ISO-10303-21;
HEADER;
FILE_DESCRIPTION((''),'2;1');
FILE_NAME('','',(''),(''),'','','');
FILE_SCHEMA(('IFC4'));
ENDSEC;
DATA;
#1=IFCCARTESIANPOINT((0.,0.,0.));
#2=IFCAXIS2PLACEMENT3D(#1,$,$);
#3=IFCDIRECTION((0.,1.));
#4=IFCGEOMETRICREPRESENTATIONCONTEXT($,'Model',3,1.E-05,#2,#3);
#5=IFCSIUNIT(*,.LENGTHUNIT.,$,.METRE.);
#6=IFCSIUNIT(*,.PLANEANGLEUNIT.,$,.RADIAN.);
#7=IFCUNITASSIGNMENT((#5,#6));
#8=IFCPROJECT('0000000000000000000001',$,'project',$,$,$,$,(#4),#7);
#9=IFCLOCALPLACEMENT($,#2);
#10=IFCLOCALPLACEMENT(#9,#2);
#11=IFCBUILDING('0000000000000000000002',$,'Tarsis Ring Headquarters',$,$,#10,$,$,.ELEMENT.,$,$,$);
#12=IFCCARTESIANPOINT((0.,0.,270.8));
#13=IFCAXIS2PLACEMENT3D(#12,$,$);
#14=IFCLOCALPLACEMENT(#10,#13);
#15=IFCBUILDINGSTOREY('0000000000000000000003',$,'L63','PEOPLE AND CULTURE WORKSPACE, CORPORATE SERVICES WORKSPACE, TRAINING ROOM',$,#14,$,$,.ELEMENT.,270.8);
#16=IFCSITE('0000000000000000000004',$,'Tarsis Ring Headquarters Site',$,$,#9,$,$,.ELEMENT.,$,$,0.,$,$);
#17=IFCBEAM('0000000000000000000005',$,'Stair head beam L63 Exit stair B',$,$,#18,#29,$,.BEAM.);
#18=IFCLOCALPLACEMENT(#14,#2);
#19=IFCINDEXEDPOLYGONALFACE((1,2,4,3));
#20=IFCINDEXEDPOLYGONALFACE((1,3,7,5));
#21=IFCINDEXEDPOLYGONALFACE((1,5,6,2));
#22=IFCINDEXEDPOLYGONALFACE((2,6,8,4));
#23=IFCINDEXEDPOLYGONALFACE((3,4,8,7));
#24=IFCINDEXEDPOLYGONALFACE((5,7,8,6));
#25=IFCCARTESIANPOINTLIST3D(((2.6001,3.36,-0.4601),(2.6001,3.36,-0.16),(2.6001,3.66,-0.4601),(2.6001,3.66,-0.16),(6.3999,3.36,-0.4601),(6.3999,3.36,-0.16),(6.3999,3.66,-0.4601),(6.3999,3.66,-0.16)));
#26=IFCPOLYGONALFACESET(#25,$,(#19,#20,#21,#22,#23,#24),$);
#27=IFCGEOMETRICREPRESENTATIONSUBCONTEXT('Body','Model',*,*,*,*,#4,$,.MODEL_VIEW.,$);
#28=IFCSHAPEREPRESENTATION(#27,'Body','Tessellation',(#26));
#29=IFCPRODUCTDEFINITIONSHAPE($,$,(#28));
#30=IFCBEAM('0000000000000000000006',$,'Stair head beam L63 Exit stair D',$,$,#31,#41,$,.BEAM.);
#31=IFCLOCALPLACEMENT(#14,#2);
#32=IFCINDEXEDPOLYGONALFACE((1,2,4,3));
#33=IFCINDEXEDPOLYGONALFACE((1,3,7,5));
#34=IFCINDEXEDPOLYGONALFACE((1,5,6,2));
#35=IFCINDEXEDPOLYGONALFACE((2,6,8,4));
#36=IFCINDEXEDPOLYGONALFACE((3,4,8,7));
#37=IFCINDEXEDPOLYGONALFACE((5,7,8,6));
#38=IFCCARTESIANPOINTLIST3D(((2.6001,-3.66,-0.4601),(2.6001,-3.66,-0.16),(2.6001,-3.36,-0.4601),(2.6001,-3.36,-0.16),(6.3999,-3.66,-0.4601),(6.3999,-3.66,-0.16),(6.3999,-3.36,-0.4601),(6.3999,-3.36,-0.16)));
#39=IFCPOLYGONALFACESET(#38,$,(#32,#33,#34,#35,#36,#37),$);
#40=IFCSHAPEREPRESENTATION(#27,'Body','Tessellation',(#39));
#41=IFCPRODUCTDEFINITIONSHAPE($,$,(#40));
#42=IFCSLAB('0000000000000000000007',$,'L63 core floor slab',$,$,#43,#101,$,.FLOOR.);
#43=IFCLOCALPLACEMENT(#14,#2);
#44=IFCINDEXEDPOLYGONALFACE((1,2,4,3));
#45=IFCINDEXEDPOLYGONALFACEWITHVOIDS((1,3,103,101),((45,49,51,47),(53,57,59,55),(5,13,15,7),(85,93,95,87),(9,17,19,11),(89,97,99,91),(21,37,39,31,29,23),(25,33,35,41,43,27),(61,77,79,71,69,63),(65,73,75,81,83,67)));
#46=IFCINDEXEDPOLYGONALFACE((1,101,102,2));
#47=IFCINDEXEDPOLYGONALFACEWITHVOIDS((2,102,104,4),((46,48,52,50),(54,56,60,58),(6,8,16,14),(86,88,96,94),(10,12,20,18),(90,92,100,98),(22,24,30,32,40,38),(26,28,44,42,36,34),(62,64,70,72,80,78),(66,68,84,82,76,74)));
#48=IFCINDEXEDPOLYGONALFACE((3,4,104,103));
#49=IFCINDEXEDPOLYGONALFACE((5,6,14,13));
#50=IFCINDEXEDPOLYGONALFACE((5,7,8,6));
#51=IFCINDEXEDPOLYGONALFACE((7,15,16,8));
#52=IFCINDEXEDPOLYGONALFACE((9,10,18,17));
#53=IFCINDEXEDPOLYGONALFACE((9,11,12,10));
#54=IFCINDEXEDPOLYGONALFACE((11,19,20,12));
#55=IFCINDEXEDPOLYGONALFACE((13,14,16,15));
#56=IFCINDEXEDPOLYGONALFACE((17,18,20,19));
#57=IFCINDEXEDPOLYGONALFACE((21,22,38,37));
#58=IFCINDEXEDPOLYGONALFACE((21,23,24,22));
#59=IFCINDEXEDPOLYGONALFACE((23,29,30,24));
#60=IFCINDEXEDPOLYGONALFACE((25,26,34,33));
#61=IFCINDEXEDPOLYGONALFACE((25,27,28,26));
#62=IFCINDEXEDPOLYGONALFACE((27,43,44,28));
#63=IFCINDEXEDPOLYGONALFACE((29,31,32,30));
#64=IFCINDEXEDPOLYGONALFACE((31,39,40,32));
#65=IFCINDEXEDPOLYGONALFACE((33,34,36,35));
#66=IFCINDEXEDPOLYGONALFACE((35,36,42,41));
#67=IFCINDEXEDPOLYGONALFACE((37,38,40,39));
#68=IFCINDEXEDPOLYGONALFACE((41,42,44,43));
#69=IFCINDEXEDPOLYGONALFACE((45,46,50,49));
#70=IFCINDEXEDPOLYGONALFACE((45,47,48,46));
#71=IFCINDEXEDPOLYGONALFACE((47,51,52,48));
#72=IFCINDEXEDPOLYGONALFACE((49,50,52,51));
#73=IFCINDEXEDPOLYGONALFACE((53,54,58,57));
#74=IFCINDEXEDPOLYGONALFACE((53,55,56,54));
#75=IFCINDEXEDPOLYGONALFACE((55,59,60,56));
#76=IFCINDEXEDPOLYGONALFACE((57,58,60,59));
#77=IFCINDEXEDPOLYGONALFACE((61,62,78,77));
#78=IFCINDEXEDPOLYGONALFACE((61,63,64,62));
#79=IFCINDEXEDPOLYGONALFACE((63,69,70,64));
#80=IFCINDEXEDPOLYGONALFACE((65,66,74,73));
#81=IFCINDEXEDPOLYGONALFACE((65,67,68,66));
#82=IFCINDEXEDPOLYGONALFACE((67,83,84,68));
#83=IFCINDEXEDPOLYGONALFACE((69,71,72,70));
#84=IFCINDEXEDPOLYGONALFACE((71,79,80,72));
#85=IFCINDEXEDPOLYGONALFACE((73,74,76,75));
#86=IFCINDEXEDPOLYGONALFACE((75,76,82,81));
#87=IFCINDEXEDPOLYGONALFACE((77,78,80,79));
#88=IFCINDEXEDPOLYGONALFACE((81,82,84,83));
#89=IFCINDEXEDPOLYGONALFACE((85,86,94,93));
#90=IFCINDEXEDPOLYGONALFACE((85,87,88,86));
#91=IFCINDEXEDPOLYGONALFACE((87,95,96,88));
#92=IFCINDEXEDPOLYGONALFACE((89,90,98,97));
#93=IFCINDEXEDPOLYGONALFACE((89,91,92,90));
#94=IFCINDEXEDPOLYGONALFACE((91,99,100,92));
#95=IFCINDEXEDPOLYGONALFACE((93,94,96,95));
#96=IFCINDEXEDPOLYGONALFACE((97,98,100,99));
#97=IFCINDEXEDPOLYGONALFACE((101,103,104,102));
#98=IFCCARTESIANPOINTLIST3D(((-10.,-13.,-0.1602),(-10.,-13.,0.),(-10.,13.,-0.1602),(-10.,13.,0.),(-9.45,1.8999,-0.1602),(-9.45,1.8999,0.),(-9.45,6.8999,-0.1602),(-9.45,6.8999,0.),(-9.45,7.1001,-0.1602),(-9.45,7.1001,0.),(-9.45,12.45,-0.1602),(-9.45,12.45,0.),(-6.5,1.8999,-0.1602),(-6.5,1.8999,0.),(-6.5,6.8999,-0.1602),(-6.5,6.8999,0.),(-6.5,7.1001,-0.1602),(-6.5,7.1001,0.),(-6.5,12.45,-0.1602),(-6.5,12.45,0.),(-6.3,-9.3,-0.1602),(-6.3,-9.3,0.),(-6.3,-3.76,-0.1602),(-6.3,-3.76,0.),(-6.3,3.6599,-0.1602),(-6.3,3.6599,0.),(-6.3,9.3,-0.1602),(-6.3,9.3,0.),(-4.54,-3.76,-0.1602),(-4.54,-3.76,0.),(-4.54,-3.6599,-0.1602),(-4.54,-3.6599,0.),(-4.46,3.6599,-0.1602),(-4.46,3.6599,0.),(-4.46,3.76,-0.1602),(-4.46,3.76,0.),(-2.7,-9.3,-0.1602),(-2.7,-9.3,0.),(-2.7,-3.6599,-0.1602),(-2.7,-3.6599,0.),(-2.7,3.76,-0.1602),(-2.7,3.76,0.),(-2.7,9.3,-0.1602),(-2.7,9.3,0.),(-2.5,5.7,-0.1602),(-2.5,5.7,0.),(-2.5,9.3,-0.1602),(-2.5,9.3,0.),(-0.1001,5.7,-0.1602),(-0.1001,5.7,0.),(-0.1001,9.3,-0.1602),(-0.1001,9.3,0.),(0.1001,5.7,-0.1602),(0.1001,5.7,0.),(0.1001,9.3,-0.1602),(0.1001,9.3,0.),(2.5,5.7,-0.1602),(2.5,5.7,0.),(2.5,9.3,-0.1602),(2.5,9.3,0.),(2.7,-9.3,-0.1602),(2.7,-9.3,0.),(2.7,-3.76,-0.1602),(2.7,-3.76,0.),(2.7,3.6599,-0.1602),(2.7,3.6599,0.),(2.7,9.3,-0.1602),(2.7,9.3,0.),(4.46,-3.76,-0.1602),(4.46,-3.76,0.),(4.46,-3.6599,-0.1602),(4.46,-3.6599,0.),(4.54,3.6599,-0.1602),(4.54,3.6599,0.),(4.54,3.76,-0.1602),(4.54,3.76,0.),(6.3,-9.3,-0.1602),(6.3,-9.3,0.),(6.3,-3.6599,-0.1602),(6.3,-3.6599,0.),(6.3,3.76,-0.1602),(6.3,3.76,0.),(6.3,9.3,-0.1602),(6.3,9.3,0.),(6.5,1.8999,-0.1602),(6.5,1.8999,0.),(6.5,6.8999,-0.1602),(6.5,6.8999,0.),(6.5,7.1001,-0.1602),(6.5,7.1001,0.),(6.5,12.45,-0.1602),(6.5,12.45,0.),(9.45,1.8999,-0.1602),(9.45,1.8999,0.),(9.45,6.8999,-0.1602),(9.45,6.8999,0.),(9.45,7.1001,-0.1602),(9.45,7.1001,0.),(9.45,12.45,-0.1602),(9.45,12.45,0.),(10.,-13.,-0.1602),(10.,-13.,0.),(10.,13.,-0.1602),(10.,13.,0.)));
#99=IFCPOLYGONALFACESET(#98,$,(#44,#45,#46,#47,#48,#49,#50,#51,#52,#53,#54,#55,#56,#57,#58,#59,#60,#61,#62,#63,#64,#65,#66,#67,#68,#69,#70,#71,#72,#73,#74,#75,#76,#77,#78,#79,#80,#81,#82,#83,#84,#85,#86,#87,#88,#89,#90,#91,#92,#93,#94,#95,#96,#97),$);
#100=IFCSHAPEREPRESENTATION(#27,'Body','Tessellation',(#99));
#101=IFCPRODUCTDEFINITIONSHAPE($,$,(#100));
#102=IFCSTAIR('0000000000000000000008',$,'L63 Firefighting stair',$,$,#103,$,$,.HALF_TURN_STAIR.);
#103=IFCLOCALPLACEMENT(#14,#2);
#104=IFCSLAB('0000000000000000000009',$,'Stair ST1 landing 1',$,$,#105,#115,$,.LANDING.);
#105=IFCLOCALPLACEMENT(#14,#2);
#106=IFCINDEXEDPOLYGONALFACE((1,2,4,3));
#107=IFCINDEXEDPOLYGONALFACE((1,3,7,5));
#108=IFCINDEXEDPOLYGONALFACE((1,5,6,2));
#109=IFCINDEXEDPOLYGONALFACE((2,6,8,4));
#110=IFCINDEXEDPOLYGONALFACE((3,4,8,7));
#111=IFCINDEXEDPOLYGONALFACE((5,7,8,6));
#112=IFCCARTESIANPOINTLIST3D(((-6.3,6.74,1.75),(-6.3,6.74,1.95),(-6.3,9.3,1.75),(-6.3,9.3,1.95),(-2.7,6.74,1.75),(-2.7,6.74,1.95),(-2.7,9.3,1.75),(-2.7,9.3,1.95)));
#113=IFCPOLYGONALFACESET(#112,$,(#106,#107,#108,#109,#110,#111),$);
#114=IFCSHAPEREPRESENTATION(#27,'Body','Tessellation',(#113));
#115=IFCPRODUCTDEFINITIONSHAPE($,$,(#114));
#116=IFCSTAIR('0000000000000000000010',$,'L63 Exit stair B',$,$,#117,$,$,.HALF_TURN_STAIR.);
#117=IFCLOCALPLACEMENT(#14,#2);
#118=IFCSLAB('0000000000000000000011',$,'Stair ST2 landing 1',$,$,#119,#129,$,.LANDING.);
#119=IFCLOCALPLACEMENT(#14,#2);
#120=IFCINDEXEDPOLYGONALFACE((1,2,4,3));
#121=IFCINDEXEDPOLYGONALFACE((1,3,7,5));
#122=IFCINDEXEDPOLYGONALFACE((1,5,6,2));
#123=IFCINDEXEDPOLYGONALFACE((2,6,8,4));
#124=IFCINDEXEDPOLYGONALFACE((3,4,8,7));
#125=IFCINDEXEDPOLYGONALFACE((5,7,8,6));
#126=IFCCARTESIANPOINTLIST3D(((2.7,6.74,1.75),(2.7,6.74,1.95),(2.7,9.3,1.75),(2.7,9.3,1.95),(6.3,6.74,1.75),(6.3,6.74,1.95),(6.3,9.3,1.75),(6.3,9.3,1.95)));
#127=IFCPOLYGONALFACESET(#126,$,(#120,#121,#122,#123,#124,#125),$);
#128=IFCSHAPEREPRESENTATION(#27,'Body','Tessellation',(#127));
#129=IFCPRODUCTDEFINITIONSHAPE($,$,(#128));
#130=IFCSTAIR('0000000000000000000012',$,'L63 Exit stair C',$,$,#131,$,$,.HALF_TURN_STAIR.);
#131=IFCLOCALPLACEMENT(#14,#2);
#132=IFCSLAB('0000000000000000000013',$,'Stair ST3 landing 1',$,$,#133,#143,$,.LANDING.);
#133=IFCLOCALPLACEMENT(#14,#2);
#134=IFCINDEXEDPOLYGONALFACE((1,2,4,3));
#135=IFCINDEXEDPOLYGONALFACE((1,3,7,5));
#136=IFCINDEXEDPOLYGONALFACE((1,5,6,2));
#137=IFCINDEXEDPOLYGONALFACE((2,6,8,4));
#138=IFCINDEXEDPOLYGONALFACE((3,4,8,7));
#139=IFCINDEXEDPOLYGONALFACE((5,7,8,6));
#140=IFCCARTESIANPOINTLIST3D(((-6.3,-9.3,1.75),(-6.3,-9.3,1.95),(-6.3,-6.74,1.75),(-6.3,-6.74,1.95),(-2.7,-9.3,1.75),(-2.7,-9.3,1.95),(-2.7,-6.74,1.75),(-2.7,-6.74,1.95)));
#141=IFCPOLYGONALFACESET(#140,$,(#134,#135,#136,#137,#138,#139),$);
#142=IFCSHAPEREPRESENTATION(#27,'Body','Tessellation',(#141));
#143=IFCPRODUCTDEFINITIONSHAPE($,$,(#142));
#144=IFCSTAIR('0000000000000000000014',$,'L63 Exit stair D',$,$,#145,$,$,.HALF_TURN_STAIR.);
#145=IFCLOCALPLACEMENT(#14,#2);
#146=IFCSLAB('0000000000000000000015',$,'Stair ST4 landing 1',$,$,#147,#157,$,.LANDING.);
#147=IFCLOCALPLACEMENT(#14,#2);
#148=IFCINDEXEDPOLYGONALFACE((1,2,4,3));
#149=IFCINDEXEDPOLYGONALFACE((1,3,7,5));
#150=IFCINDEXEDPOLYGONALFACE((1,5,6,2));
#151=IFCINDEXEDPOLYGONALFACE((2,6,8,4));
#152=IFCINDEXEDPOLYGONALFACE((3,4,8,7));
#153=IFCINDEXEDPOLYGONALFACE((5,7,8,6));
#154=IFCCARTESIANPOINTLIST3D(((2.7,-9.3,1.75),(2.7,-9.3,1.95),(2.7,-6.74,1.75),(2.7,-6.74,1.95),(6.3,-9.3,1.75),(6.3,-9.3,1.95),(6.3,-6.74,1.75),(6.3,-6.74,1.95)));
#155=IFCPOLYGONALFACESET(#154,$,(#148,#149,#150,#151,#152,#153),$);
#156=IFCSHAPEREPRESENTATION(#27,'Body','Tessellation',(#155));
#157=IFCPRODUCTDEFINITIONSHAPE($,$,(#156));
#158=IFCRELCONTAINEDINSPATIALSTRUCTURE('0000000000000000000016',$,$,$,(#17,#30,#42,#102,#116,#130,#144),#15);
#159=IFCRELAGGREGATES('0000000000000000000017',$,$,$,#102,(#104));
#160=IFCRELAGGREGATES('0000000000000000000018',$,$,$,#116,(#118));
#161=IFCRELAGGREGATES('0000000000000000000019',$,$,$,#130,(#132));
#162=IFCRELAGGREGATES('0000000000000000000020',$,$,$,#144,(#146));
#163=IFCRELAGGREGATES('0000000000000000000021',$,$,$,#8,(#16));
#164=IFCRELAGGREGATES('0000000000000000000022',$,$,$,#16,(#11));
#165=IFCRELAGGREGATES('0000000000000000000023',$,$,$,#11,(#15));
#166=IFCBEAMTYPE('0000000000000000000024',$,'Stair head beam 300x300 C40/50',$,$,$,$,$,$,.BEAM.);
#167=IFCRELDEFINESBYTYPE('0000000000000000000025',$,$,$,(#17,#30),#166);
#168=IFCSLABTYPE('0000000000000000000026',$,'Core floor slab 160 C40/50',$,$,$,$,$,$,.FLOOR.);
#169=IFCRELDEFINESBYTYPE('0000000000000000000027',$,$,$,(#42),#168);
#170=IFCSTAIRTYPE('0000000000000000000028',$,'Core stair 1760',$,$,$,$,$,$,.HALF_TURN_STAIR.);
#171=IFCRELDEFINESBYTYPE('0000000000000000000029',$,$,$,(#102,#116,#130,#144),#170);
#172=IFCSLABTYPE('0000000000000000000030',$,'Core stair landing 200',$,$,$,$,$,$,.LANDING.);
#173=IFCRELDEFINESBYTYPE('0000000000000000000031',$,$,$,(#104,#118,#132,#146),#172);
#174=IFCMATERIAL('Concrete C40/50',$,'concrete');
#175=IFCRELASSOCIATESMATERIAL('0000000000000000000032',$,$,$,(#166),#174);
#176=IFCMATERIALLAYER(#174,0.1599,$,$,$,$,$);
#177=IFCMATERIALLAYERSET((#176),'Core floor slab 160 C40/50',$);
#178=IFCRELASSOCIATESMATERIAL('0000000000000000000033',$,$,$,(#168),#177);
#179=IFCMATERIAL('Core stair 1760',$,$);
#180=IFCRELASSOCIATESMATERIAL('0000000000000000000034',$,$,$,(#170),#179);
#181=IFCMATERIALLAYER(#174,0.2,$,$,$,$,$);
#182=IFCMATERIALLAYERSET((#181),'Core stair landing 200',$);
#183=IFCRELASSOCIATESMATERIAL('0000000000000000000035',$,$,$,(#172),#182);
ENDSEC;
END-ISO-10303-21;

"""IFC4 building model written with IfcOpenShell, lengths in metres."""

from ifc_helpers import new_model, si_unit, direction, frame, origin, origin_2d, place, context, subcontext, project, spatial, polyline, rectangle, outline, extrude, material, layer, layer_set, material_profile, profile_set, type_object, element, aggregate, save


model = new_model("IFC4")

# Units and contexts
model_context = context("Model", 3, precision=1e-05, world=origin(), true_north=direction((0.0, 1.0)))
body_context = subcontext(model_context, "Body", "Model", "MODEL_VIEW")
ifc_project = project(units=[si_unit("LENGTHUNIT", "METRE"), si_unit("PLANEANGLEUNIT", "RADIAN")], contexts=[model_context])

# Site, building, storey
site_placement = place(None, origin())
site = spatial("IfcSite", under=ifc_project, at=site_placement, Name="Tarsis Ring Headquarters Site", CompositionType="ELEMENT", RefElevation=0.0)
building_placement = place(site_placement, origin())
building = spatial("IfcBuilding", under=site, at=building_placement, Name="Tarsis Ring Headquarters", CompositionType="ELEMENT")
storey_placement = place(building_placement, frame((0.0, 0.0, 270.8)))
storey = spatial("IfcBuildingStorey", under=building, at=storey_placement, Name="L63", Description="PEOPLE AND CULTURE WORKSPACE, CORPORATE SERVICES WORKSPACE, TRAINING ROOM", CompositionType="ELEMENT", Elevation=270.8)

# Beams
ifc_material_1 = material(Name="Concrete C40/50", Category="concrete")
ifc_material_profile = material_profile(ifc_material_1, rectangle(XDim=0.3, YDim=0.3, at=origin_2d()), Name="Stair head beam 300x300 C40/50")
ifc_profile_set = profile_set([ifc_material_profile], Name="Concrete C40/50")
beam_type = type_object("IfcBeamType", Name="Stair head beam 300x300 C40/50", PredefinedType="BEAM", material=ifc_profile_set)
for number, where, z_axis, x_axis, name in (
    (1, (2.6001, 3.51, -0.3101), (1.0, 0.0, 0.0), (0.0, 1.0, 0.0), "Stair head beam L63 Exit stair B"),
    (2, (2.6001, -3.51, -0.3101), (1.0, 0.0, 0.0), (0.0, 1.0, 0.0), "Stair head beam L63 Exit stair D"),
):
    element("IfcBeam", number, at=place(storey_placement, frame(where, z_axis=z_axis, x_axis=x_axis)), inside=storey, type_object=beam_type, Name=name, PredefinedType="BEAM", context=body_context, shape_type="SweptSolid", body=[
        extrude(rectangle(XDim=0.3, YDim=0.3, at=origin_2d()), origin(), (0.0, 0.0, 1.0), 3.7998),
    ])

# Slab
ifc_layer_1 = layer(ifc_material_1, 0.1599)
ifc_layer_set_1 = layer_set([ifc_layer_1], Name="Core floor slab 160 C40/50")
slab_type_1 = type_object("IfcSlabType", Name="Core floor slab 160 C40/50", PredefinedType="FLOOR", material=ifc_layer_set_1)
slab_1_placement = place(storey_placement, frame((0.0, 0.0, -0.1602)))
element("IfcSlab", 3, at=slab_1_placement, inside=storey, type_object=slab_type_1, Name="L63 core floor slab", PredefinedType="FLOOR", context=body_context, shape_type="SweptSolid", body=[
    extrude(outline(polyline([(-10.0, -13.0), (10.0, -13.0), (10.0, 13.0), (-10.0, 13.0), (-10.0, -13.0)]), holes=[polyline([(-2.5, 5.7), (-0.1001, 5.7), (-0.1001, 9.3), (-2.5, 9.3), (-2.5, 5.7)]), polyline([(0.1001, 5.7), (2.5, 5.7), (2.5, 9.3), (0.1001, 9.3), (0.1001, 5.7)]), polyline([(-9.45, 1.8999), (-6.5, 1.8999), (-6.5, 6.8999), (-9.45, 6.8999), (-9.45, 1.8999)]), polyline([(-9.45, 7.1001), (-6.5, 7.1001), (-6.5, 12.45), (-9.45, 12.45), (-9.45, 7.1001)]), polyline([(6.5, 1.8999), (9.45, 1.8999), (9.45, 6.8999), (6.5, 6.8999), (6.5, 1.8999)]), polyline([(6.5, 7.1001), (9.45, 7.1001), (9.45, 12.45), (6.5, 12.45), (6.5, 7.1001)]), polyline([(-2.7, 3.76), (-2.7, 9.3), (-6.3, 9.3), (-6.3, 3.6599), (-4.46, 3.6599), (-4.46, 3.76), (-2.7, 3.76)]), polyline([(6.3, 3.76), (6.3, 9.3), (2.7, 9.3), (2.7, 3.6599), (4.54, 3.6599), (4.54, 3.76), (6.3, 3.76)]), polyline([(-6.3, -3.76), (-6.3, -9.3), (-2.7, -9.3), (-2.7, -3.6599), (-4.54, -3.6599), (-4.54, -3.76), (-6.3, -3.76)]), polyline([(2.7, -3.76), (2.7, -9.3), (6.3, -9.3), (6.3, -3.6599), (4.46, -3.6599), (4.46, -3.76), (2.7, -3.76)])]), origin(), (0.0, 0.0, 1.0), 0.1602),
])

# Stairs, slabs
ifc_material_2 = material(Name="Core stair 1760")
stair_type = type_object("IfcStairType", Name="Core stair 1760", PredefinedType="HALF_TURN_STAIR", material=ifc_material_2)
stair_1_placement = place(storey_placement, origin())
stair_1 = element("IfcStair", 4, at=stair_1_placement, inside=storey, type_object=stair_type, Name="L63 Firefighting stair", PredefinedType="HALF_TURN_STAIR")
ifc_layer_2 = layer(ifc_material_1, 0.2)
ifc_layer_set_2 = layer_set([ifc_layer_2], Name="Core stair landing 200")
slab_type_2 = type_object("IfcSlabType", Name="Core stair landing 200", PredefinedType="LANDING", material=ifc_layer_set_2)
slab_2_placement = place(storey_placement, frame((0.0, 0.0, 1.75)))
slab_2 = element("IfcSlab", 5, at=slab_2_placement, type_object=slab_type_2, Name="Stair ST1 landing 1", PredefinedType="LANDING", context=body_context, shape_type="SweptSolid", body=[
    extrude(outline(polyline([(-2.7, 6.74), (-2.7, 9.3), (-6.3, 9.3), (-6.3, 6.74), (-2.7, 6.74)])), origin(), (0.0, 0.0, 1.0), 0.2),
])
aggregate(stair_1, [slab_2])
stair_2_placement = place(storey_placement, origin())
stair_2 = element("IfcStair", 6, at=stair_2_placement, inside=storey, type_object=stair_type, Name="L63 Exit stair B", PredefinedType="HALF_TURN_STAIR")
slab_3_placement = place(storey_placement, frame((0.0, 0.0, 1.75)))
slab_3 = element("IfcSlab", 7, at=slab_3_placement, type_object=slab_type_2, Name="Stair ST2 landing 1", PredefinedType="LANDING", context=body_context, shape_type="SweptSolid", body=[
    extrude(outline(polyline([(6.3, 6.74), (6.3, 9.3), (2.7, 9.3), (2.7, 6.74), (6.3, 6.74)])), origin(), (0.0, 0.0, 1.0), 0.2),
])
aggregate(stair_2, [slab_3])
stair_3_placement = place(storey_placement, origin())
stair_3 = element("IfcStair", 8, at=stair_3_placement, inside=storey, type_object=stair_type, Name="L63 Exit stair C", PredefinedType="HALF_TURN_STAIR")
slab_4_placement = place(storey_placement, frame((0.0, 0.0, 1.75)))
slab_4 = element("IfcSlab", 9, at=slab_4_placement, type_object=slab_type_2, Name="Stair ST3 landing 1", PredefinedType="LANDING", context=body_context, shape_type="SweptSolid", body=[
    extrude(outline(polyline([(-6.3, -6.74), (-6.3, -9.3), (-2.7, -9.3), (-2.7, -6.74), (-6.3, -6.74)])), origin(), (0.0, 0.0, 1.0), 0.2),
])
aggregate(stair_3, [slab_4])
stair_4_placement = place(storey_placement, origin())
stair_4 = element("IfcStair", 10, at=stair_4_placement, inside=storey, type_object=stair_type, Name="L63 Exit stair D", PredefinedType="HALF_TURN_STAIR")
slab_5_placement = place(storey_placement, frame((0.0, 0.0, 1.75)))
slab_5 = element("IfcSlab", 11, at=slab_5_placement, type_object=slab_type_2, Name="Stair ST4 landing 1", PredefinedType="LANDING", context=body_context, shape_type="SweptSolid", body=[
    extrude(outline(polyline([(2.7, -6.74), (2.7, -9.3), (6.3, -9.3), (6.3, -6.74), (2.7, -6.74)])), origin(), (0.0, 0.0, 1.0), 0.2),
])
aggregate(stair_4, [slab_5])

save(model, "model.ifc")
